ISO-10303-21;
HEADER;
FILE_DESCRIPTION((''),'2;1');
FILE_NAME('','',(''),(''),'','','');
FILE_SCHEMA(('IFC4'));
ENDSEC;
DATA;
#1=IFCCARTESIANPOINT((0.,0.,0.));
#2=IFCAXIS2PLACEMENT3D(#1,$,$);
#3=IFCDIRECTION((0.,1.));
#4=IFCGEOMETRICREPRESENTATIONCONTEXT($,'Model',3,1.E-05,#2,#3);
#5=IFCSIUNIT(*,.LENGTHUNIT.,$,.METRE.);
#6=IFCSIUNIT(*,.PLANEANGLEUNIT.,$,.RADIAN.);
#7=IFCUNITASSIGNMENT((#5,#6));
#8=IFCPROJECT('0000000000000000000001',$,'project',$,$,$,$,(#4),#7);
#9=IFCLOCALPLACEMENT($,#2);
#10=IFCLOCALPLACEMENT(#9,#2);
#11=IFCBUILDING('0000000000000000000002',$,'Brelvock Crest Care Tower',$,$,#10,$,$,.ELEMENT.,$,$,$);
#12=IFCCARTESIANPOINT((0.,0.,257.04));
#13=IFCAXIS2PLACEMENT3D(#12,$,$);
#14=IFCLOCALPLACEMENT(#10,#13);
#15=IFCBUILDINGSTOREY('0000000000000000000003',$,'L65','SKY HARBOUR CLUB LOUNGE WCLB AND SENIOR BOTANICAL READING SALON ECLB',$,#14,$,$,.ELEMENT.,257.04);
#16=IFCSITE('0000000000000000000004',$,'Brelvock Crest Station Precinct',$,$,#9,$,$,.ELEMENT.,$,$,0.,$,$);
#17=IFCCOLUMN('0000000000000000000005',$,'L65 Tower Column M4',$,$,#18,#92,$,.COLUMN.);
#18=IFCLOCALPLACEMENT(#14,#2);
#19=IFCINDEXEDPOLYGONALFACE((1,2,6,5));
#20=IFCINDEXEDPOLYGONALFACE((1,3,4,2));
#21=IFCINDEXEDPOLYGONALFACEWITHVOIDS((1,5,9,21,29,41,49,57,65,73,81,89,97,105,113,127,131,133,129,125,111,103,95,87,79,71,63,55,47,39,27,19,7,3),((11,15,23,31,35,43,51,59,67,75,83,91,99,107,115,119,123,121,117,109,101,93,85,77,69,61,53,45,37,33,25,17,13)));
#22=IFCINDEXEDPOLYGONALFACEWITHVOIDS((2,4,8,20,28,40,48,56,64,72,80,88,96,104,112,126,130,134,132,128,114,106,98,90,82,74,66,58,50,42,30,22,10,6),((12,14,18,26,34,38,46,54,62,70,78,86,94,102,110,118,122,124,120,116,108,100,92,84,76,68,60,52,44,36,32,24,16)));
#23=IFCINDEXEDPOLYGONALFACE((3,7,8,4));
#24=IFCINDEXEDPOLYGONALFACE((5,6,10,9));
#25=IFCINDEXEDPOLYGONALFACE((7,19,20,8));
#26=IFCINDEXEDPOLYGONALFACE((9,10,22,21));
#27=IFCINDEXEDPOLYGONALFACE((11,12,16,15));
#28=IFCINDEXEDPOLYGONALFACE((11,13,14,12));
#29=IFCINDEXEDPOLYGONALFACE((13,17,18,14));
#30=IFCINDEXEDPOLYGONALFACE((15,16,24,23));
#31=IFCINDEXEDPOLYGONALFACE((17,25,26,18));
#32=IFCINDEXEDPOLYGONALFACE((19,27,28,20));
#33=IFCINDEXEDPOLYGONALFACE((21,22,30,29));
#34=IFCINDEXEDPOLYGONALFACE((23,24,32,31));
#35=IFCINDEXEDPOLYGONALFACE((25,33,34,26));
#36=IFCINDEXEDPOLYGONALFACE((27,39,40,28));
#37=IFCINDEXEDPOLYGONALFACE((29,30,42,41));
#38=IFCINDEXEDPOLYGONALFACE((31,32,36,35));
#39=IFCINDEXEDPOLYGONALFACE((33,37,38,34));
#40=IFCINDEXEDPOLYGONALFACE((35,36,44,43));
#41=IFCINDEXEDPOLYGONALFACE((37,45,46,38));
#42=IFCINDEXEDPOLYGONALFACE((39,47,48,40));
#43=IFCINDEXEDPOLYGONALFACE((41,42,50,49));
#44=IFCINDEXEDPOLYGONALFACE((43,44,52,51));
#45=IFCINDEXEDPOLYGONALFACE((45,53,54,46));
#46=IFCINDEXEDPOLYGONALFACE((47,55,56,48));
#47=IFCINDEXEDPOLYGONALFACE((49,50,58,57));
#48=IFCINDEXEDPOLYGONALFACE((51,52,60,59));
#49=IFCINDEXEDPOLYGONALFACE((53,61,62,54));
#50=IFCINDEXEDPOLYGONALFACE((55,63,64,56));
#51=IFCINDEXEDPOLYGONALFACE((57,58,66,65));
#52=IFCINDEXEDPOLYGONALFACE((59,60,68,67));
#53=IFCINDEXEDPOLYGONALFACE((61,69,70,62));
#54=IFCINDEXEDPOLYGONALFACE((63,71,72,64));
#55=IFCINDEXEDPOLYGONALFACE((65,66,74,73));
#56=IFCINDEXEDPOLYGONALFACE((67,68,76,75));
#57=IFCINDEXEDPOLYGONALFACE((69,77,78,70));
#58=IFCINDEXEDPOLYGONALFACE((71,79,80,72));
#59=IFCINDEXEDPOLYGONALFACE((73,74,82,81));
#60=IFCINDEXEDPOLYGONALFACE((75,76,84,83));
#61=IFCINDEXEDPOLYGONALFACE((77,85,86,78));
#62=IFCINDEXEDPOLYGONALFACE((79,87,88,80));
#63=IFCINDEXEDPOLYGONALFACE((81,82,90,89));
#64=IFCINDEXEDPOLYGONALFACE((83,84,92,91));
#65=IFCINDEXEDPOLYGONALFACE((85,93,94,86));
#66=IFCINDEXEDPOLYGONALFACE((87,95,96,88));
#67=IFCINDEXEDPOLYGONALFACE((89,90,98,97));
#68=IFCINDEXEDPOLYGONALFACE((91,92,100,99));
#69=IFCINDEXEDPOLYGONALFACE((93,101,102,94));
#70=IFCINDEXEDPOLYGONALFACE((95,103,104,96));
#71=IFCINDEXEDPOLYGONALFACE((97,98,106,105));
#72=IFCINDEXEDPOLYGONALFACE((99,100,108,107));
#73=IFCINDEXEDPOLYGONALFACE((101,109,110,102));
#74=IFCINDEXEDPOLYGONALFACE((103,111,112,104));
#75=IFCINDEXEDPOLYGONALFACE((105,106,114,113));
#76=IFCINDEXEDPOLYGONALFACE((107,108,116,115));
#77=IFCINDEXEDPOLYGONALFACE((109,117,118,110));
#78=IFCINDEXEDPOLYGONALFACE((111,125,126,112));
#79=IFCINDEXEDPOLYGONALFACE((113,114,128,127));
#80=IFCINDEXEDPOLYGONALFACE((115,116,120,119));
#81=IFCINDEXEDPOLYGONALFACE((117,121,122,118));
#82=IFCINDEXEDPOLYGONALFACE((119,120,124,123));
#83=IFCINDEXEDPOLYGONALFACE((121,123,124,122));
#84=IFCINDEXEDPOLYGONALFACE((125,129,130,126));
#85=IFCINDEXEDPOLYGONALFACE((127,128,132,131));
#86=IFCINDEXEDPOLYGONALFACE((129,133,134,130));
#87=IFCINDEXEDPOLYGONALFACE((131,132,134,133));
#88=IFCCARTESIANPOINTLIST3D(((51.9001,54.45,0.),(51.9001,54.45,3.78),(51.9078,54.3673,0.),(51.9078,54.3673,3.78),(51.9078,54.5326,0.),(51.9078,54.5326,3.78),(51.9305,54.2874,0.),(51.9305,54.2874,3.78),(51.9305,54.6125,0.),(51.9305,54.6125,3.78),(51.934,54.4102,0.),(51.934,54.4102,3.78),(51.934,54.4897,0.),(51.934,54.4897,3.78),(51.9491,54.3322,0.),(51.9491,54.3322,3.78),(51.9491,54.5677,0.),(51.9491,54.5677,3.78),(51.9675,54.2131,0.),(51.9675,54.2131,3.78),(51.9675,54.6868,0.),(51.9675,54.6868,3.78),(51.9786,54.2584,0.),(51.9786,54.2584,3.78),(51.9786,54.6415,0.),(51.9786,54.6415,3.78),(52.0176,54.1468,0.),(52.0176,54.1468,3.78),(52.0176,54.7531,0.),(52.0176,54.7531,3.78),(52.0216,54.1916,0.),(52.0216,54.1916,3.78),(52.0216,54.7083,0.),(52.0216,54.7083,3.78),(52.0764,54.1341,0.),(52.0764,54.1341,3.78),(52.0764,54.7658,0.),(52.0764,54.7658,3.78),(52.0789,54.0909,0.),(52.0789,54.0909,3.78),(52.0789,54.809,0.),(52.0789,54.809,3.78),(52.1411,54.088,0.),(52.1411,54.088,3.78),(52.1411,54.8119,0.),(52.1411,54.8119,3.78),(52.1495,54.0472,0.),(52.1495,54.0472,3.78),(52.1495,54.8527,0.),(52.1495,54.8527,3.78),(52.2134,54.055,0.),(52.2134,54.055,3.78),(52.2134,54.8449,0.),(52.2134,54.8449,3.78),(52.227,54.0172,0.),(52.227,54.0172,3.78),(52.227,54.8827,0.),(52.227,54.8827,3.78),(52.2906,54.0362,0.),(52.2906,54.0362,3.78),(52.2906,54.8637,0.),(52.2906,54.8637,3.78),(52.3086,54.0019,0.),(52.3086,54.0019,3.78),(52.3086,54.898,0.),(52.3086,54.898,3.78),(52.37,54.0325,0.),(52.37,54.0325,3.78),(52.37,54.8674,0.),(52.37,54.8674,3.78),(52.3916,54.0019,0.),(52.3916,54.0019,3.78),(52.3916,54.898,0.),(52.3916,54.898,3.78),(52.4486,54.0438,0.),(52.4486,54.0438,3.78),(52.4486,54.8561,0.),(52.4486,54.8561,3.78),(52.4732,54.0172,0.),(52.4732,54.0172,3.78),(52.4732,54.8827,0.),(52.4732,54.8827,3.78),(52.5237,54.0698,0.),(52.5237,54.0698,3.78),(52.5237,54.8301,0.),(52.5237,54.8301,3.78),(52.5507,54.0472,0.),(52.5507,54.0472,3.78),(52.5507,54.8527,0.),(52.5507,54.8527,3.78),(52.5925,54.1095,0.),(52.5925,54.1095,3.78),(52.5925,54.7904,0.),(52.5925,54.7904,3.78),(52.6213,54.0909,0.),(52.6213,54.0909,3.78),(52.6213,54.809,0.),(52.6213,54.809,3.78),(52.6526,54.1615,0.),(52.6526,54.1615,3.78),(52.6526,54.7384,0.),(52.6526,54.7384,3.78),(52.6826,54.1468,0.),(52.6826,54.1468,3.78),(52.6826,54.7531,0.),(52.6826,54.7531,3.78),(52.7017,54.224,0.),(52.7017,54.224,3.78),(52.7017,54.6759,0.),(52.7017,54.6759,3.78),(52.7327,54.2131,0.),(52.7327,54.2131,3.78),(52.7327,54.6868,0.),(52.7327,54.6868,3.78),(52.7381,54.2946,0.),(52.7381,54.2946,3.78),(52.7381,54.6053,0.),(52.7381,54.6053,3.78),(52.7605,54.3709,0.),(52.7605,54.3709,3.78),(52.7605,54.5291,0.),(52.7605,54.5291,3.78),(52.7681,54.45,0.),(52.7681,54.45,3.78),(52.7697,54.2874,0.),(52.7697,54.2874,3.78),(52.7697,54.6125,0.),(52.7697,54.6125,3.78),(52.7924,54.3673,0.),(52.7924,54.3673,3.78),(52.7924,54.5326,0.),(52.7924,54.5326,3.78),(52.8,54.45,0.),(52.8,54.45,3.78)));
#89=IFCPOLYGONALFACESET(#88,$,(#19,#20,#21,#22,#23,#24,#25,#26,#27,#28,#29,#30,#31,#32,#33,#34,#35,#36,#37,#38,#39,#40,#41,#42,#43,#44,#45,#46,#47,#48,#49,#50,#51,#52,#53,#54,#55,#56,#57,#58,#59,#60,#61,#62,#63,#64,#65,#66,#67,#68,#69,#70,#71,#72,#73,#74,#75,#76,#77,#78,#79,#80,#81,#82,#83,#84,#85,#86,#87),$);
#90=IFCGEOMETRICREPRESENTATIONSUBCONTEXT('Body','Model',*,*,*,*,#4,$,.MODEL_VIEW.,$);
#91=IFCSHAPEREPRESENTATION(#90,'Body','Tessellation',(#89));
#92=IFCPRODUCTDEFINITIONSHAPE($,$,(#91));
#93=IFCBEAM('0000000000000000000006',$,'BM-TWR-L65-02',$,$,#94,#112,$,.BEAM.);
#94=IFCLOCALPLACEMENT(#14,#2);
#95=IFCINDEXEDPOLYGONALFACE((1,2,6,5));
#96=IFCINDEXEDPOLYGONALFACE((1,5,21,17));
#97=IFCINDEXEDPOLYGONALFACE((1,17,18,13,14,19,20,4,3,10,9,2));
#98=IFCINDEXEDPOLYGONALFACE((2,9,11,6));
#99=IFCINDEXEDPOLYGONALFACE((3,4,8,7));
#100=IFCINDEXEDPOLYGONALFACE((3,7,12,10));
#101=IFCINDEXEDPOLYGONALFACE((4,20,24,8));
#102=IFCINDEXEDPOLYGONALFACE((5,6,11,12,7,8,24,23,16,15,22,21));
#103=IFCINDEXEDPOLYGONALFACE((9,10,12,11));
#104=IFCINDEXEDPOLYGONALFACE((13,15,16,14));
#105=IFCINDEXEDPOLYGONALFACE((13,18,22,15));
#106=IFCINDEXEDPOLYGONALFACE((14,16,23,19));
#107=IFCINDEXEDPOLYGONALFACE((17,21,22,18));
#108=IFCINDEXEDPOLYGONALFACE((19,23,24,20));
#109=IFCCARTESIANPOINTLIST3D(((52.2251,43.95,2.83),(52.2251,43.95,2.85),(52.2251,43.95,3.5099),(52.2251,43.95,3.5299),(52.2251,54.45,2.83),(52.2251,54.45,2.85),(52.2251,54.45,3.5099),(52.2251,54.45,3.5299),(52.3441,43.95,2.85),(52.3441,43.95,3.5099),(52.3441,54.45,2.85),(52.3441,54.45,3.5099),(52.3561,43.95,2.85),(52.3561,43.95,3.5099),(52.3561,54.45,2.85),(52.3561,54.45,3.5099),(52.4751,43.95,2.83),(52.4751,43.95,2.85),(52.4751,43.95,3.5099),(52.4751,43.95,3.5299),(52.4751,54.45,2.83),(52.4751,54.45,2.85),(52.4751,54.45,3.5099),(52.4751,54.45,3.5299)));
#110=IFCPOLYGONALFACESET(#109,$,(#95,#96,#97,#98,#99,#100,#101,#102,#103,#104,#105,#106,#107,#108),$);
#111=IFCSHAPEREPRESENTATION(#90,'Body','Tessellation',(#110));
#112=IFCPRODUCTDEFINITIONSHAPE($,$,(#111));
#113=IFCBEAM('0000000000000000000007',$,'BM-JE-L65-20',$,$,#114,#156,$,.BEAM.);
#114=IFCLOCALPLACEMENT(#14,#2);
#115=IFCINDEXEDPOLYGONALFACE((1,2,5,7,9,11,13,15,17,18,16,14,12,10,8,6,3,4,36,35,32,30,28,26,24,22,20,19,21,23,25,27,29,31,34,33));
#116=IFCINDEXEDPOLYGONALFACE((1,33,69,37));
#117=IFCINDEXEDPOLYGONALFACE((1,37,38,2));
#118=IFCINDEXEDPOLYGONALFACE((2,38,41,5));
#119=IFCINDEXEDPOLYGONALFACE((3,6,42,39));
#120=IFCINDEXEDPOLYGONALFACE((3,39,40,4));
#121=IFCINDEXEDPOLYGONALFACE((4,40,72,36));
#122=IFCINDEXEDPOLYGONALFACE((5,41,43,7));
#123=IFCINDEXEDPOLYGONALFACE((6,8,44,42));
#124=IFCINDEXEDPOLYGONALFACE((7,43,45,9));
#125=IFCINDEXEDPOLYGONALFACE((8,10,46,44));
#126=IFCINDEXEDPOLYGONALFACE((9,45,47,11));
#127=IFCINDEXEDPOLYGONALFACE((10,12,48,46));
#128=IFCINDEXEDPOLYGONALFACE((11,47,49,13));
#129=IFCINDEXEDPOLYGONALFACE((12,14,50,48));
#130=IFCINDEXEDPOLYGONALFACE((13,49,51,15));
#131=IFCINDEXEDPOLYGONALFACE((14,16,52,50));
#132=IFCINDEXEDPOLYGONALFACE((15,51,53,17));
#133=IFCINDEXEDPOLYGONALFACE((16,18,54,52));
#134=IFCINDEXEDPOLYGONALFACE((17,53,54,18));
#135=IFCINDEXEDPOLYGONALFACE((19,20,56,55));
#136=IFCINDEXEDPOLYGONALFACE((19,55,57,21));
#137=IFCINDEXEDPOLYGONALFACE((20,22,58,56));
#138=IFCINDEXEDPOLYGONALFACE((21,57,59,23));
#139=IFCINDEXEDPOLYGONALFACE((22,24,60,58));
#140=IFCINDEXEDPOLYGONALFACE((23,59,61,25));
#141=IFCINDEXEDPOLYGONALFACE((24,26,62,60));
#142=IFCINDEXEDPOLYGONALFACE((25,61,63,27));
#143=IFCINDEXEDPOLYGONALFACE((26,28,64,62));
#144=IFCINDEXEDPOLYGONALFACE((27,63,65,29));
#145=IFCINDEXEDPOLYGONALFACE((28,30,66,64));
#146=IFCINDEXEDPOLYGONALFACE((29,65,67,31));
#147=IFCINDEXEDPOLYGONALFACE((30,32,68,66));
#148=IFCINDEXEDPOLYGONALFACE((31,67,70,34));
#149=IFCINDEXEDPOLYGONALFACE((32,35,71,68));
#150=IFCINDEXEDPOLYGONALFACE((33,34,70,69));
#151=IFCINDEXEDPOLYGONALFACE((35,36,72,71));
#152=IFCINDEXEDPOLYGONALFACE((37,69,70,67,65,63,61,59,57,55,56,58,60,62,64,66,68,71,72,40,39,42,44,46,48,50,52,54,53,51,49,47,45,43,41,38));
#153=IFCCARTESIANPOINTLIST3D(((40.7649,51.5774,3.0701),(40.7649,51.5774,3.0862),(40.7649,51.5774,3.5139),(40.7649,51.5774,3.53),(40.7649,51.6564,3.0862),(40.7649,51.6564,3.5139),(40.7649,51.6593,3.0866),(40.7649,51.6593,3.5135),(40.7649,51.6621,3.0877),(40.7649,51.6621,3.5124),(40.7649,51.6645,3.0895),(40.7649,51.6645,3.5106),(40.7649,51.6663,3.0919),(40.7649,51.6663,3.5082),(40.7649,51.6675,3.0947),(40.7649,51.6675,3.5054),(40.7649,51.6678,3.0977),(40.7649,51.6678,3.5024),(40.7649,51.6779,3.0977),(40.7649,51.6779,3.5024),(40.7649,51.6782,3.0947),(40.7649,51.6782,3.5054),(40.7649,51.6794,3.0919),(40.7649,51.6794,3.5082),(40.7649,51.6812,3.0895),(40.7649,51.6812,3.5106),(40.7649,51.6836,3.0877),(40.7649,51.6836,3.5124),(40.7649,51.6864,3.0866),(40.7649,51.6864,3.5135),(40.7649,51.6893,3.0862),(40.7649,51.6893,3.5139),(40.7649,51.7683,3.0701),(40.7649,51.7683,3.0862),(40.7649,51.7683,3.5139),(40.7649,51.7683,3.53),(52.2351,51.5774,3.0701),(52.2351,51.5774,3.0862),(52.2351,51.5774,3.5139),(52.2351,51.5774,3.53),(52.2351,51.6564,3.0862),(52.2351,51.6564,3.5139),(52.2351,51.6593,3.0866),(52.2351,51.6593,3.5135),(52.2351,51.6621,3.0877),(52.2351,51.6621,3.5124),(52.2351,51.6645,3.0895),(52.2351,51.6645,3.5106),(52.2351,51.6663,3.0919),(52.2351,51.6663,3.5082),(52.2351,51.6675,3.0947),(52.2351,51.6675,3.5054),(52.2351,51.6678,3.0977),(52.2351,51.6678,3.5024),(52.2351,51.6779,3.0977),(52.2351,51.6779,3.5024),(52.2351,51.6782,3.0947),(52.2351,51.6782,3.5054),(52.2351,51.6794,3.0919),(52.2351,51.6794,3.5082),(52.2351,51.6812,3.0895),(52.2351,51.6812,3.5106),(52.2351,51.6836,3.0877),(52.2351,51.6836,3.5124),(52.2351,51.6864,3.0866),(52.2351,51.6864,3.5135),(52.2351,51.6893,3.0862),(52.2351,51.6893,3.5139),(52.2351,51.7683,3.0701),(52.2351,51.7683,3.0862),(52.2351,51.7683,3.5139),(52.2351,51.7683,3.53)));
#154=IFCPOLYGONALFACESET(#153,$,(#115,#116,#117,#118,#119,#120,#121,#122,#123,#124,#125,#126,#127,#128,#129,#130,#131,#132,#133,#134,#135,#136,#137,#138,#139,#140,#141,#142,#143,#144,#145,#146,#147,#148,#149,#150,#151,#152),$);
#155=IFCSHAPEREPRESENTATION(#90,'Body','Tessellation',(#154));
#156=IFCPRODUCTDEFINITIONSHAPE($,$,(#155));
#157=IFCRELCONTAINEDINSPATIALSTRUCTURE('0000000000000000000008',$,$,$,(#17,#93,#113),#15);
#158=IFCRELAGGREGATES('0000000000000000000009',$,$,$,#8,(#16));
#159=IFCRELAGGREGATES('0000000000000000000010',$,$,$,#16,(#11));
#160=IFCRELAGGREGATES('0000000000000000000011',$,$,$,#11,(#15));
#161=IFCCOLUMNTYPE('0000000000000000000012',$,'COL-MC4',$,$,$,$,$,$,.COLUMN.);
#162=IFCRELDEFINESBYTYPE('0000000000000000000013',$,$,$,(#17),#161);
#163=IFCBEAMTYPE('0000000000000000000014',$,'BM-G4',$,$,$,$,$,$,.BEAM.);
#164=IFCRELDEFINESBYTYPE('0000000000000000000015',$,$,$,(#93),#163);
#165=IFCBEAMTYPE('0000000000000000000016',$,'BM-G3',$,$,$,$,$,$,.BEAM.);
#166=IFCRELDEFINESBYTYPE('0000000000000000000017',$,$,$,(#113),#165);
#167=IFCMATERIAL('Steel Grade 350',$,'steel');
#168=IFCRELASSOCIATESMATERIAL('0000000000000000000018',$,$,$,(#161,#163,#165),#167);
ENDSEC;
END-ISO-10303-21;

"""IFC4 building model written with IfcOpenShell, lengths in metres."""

from ifc_helpers import new_model, si_unit, direction, frame, origin, origin_2d, place, context, subcontext, project, spatial, hollow_circle, i_section, extrude, source, transform, mapped, material, material_profile, profile_set, type_object, element, save


model = new_model("IFC4")

# Units and contexts
model_context = context("Model", 3, precision=1e-05, world=origin(), true_north=direction((0.0, 1.0)))
body_context = subcontext(model_context, "Body", "Model", "MODEL_VIEW")
ifc_project = project(units=[si_unit("LENGTHUNIT", "METRE"), si_unit("PLANEANGLEUNIT", "RADIAN")], contexts=[model_context])

# Site, building, storey
site_placement = place(None, origin())
site = spatial("IfcSite", under=ifc_project, at=site_placement, Name="Brelvock Crest Station Precinct", CompositionType="ELEMENT", RefElevation=0.0)
building_placement = place(site_placement, origin())
building = spatial("IfcBuilding", under=site, at=building_placement, Name="Brelvock Crest Care Tower", CompositionType="ELEMENT")
storey_placement = place(building_placement, frame((0.0, 0.0, 257.04)))
storey = spatial("IfcBuildingStorey", under=building, at=storey_placement, Name="L65", Description="SKY HARBOUR CLUB LOUNGE WCLB AND SENIOR BOTANICAL READING SALON ECLB", CompositionType="ELEMENT", Elevation=257.04)

# Column
ifc_material_1 = material(Name="Steel Grade 350", Category="steel")
ifc_material_profile_1 = material_profile(ifc_material_1, hollow_circle(Radius=0.45, WallThickness=0.032, at=origin_2d()), Name="CFT900x32")
ifc_profile_set_1 = profile_set([ifc_material_profile_1], Name="Steel Grade 350")
column_type = type_object("IfcColumnType", Name="COL-MC4", PredefinedType="COLUMN", material=ifc_profile_set_1)
shared_shape_1 = source(origin(), body_context, "Body", "SweptSolid", [
    extrude(hollow_circle(Radius=0.45, WallThickness=0.032, at=origin_2d()), origin(), (0.0, 0.0, 1.0), 3.78),
])
column_placement = place(storey_placement, frame((52.3501, 54.45, 0.0), z_axis=(0.0, 0.0, 1.0), x_axis=(1.0, 0.0, 0.0)))
element("IfcColumn", 1, at=column_placement, inside=storey, type_object=column_type, Name="L65 Tower Column M4", PredefinedType="COLUMN", context=body_context, shape_type="MappedRepresentation", body=[
    mapped(shared_shape_1, transform((0.0, 0.0, 0.0), x_axis=(1.0, 0.0, 0.0), y_axis=(0.0, 1.0, 0.0), z_axis=(0.0, 0.0, 1.0), scale=1.0)),
])

# Beams
ifc_material_profile_2 = material_profile(ifc_material_1, i_section(OverallWidth=0.25, OverallDepth=0.7, WebThickness=0.012, FlangeThickness=0.02, at=origin_2d()), Name="700WB150")
ifc_profile_set_2 = profile_set([ifc_material_profile_2], Name="Steel Grade 350")
beam_type_1 = type_object("IfcBeamType", Name="BM-G4", PredefinedType="BEAM", material=ifc_profile_set_2)
shared_shape_2 = source(origin(), body_context, "Body", "SweptSolid", [
    extrude(i_section(OverallWidth=0.25, OverallDepth=0.7, WebThickness=0.012, FlangeThickness=0.02, at=origin_2d()), origin(), (0.0, 0.0, 1.0), 10.5),
])
beam_placement = place(storey_placement, frame((52.3501, 43.95, 3.1799), z_axis=(0.0, 1.0, 0.0), x_axis=(-1.0, 0.0, 0.0)))
element("IfcBeam", 2, at=beam_placement, inside=storey, type_object=beam_type_1, Name="BM-TWR-L65-02", PredefinedType="BEAM", context=body_context, shape_type="MappedRepresentation", body=[
    mapped(shared_shape_2, transform((0.0, 0.0, 0.0), x_axis=(1.0, 0.0, 0.0), y_axis=(0.0, 1.0, 0.0), z_axis=(0.0, 0.0, 1.0), scale=1.0)),
])
ifc_material_profile_3 = material_profile(ifc_material_1, i_section(OverallWidth=0.1909, OverallDepth=0.46, WebThickness=0.01, FlangeThickness=0.0161, FilletRadius=0.0115, at=origin_2d()), Name="460UB82.1")
ifc_profile_set_3 = profile_set([ifc_material_profile_3], Name="Steel Grade 350")
beam_type_2 = type_object("IfcBeamType", Name="BM-G3", PredefinedType="BEAM", material=ifc_profile_set_3)
shared_shape_3 = source(origin(), body_context, "Body", "SweptSolid", [
    extrude(i_section(OverallWidth=0.1909, OverallDepth=0.46, WebThickness=0.01, FlangeThickness=0.0161, FilletRadius=0.0115, at=origin_2d()), origin(), (0.0, 0.0, 1.0), 11.4702),
])
for number, where, z_axis, x_axis, name in (
    (3, (40.7649, 51.6729, 3.3), (1.0, 0.0, 0.0), (0.0, 1.0, 0.0), "BM-JE-L65-20"),
):
    element("IfcBeam", number, at=place(storey_placement, frame(where, z_axis=z_axis, x_axis=x_axis)), inside=storey, type_object=beam_type_2, Name=name, PredefinedType="BEAM", context=body_context, shape_type="MappedRepresentation", body=[
        mapped(shared_shape_3, transform((0.0, 0.0, 0.0), x_axis=(1.0, 0.0, 0.0), y_axis=(0.0, 1.0, 0.0), z_axis=(0.0, 0.0, 1.0), scale=1.0)),
    ])

save(model, "model.ifc")
